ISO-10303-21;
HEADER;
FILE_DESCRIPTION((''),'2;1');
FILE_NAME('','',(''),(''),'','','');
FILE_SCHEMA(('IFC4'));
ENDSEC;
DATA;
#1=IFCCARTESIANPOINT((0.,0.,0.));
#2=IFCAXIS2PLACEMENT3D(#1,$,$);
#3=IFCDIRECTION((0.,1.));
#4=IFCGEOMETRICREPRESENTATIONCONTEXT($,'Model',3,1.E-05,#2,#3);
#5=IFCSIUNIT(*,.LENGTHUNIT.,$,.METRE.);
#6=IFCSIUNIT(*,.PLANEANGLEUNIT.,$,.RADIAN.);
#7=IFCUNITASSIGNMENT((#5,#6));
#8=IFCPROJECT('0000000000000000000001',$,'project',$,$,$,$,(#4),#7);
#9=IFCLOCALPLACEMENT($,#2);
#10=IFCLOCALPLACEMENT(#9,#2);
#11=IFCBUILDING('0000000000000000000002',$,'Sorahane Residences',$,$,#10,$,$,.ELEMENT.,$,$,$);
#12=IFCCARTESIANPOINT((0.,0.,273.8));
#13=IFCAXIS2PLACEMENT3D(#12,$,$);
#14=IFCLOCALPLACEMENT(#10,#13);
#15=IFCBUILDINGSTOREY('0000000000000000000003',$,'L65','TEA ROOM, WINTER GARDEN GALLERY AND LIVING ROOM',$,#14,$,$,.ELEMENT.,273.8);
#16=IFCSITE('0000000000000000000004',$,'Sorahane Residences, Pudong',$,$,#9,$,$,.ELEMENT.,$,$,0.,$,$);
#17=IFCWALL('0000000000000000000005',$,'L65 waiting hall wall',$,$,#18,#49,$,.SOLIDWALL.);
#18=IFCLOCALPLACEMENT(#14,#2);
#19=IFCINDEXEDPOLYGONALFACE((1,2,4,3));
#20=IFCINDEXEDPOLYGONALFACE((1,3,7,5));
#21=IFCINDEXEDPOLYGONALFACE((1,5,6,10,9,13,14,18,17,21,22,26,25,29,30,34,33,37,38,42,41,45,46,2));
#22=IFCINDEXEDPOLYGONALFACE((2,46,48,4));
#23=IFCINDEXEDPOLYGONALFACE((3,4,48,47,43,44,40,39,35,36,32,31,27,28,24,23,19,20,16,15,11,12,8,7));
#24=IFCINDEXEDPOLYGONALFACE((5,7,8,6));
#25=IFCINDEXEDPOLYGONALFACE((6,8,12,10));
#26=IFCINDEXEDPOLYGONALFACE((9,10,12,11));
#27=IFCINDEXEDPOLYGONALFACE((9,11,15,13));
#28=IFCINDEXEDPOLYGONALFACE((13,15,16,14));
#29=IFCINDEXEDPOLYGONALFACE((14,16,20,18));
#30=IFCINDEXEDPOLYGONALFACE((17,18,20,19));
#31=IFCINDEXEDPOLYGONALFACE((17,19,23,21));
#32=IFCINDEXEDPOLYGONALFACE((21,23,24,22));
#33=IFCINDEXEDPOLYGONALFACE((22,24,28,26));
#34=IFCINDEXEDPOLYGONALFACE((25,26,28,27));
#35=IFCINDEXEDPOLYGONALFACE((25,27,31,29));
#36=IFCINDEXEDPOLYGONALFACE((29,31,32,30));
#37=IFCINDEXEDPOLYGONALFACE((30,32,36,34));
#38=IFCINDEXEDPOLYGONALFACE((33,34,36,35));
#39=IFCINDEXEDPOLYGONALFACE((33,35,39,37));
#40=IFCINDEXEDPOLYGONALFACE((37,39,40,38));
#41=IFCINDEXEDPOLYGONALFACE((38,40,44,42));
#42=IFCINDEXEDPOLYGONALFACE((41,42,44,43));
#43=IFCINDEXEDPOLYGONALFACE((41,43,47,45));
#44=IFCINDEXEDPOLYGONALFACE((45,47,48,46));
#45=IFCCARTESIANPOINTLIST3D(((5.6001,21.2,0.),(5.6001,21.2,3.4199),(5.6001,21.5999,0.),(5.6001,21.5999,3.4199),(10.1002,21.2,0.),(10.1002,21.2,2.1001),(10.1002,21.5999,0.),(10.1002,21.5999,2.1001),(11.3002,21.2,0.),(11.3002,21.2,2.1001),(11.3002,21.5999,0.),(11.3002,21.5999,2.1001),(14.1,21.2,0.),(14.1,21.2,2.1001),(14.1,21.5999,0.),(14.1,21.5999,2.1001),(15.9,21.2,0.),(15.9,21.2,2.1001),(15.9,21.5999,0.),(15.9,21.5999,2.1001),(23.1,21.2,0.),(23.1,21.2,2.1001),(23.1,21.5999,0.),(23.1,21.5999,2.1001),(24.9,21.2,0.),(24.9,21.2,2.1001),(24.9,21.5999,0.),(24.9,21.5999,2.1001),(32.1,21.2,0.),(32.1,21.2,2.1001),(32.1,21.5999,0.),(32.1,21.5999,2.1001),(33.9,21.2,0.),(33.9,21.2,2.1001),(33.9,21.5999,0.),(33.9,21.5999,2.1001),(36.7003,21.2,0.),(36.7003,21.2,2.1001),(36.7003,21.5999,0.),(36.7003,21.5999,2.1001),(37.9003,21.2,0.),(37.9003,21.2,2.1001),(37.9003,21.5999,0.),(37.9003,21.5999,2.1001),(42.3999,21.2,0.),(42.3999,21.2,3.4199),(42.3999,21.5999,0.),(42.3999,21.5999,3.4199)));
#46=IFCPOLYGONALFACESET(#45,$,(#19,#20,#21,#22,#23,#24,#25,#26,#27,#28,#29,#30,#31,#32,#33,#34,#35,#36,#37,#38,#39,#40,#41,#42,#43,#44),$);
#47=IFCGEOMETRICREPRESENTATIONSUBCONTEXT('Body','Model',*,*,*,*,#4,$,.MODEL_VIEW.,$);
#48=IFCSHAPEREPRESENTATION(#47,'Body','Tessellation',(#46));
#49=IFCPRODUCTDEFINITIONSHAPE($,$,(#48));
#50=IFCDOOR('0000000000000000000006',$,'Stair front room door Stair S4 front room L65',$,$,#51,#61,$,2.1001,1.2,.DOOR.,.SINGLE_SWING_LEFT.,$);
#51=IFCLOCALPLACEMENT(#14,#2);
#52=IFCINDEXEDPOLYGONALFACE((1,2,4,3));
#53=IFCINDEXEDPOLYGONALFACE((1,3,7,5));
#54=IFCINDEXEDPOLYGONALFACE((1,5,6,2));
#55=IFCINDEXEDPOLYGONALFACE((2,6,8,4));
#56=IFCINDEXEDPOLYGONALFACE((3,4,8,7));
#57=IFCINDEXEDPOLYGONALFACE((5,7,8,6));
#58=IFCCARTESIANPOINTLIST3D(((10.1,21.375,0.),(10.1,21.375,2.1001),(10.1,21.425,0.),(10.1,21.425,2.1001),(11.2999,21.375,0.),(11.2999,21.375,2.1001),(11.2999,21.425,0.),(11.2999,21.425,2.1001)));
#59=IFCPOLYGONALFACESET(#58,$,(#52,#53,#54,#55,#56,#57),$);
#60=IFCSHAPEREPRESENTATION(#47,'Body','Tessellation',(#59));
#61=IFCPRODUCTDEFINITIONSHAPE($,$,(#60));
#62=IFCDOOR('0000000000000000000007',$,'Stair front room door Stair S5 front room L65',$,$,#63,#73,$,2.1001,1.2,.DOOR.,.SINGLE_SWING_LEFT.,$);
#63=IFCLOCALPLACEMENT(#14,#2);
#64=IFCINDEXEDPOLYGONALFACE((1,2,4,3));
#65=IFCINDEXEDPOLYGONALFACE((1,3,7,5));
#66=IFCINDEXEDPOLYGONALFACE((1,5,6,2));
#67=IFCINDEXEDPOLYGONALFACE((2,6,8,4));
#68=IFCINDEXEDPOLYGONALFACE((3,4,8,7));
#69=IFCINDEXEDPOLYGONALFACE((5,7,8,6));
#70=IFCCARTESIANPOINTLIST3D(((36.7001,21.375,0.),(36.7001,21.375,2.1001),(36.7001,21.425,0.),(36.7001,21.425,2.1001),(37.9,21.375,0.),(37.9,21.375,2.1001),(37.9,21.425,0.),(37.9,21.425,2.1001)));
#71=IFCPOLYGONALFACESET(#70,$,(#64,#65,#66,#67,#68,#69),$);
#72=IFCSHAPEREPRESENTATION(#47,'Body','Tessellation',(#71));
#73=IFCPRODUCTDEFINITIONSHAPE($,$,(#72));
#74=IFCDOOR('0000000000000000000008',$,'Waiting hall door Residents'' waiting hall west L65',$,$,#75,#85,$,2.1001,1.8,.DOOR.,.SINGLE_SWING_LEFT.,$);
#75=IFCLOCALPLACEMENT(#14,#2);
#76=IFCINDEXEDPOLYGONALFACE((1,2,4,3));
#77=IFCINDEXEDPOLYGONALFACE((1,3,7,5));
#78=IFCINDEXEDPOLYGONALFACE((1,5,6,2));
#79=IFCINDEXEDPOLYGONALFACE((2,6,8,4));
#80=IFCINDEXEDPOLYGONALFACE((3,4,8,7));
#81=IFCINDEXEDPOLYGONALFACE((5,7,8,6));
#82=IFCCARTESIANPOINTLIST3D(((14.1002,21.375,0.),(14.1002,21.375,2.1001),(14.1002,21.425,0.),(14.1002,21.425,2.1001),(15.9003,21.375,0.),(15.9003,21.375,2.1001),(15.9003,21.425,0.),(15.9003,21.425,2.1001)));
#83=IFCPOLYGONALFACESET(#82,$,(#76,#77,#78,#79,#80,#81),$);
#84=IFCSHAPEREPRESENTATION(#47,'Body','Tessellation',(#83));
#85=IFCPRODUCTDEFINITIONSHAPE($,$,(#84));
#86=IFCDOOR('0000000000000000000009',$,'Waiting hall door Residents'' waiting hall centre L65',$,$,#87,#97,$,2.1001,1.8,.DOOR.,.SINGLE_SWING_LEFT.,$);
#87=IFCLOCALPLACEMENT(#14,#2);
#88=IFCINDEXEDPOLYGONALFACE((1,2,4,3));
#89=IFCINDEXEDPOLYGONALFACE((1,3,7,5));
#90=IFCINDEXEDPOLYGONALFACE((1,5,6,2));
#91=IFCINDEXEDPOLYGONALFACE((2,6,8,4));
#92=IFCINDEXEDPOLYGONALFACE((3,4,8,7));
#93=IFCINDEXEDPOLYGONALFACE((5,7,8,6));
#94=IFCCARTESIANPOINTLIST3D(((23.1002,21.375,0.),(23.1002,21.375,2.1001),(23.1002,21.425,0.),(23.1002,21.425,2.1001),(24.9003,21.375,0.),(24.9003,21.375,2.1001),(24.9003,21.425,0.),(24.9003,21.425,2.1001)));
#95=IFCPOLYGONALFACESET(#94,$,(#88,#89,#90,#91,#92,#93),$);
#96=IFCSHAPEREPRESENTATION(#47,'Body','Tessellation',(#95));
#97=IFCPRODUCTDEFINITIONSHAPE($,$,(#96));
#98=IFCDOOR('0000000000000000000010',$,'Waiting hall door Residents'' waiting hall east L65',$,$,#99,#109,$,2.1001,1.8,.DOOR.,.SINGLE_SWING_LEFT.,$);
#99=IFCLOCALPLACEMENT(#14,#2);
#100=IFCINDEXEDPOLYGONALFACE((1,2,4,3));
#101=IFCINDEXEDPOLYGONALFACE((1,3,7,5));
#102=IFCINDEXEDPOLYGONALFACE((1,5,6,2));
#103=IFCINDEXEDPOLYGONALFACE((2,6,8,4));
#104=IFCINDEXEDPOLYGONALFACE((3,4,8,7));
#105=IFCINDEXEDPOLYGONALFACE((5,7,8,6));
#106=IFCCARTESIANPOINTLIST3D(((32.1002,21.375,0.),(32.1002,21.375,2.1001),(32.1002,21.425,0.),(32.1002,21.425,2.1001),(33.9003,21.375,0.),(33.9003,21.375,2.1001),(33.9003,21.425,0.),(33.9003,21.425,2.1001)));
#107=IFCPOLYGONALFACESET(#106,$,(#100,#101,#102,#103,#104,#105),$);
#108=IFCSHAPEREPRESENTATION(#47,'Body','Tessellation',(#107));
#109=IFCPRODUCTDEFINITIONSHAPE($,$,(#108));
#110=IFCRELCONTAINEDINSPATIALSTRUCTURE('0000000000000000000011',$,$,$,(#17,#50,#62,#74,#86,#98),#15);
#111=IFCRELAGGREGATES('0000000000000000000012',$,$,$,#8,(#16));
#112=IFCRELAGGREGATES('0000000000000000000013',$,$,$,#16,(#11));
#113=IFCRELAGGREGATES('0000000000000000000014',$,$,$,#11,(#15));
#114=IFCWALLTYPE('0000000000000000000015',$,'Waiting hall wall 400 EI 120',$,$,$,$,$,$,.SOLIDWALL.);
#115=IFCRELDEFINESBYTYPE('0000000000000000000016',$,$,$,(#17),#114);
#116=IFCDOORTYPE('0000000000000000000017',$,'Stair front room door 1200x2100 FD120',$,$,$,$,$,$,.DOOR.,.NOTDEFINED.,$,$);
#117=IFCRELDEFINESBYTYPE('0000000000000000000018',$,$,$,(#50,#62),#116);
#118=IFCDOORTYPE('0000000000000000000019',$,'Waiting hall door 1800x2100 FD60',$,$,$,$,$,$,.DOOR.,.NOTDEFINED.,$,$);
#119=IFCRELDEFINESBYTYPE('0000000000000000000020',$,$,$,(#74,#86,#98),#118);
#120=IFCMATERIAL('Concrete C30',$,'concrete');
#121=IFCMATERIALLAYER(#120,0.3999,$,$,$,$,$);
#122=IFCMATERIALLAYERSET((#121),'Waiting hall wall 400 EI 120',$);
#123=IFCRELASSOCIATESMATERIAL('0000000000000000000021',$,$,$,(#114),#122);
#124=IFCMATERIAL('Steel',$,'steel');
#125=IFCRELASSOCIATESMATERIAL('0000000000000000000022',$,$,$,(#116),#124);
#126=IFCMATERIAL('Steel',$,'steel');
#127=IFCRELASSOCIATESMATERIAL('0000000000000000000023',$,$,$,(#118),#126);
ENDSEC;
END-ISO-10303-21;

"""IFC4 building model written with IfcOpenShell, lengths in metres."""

from ifc_helpers import new_model, si_unit, direction, frame, frame_2d, origin, place, context, subcontext, project, spatial, rectangle, extrude, material, layer, layer_set, type_object, element, fill, save


model = new_model("IFC4")

# Units and contexts
model_context = context("Model", 3, precision=1e-05, world=origin(), true_north=direction((0.0, 1.0)))
body_context = subcontext(model_context, "Body", "Model", "MODEL_VIEW")
ifc_project = project(units=[si_unit("LENGTHUNIT", "METRE"), si_unit("PLANEANGLEUNIT", "RADIAN")], contexts=[model_context])

# Site, building, storey
site_placement = place(None, origin())
site = spatial("IfcSite", under=ifc_project, at=site_placement, Name="Sorahane Residences, Pudong", CompositionType="ELEMENT", RefElevation=0.0)
building_placement = place(site_placement, origin())
building = spatial("IfcBuilding", under=site, at=building_placement, Name="Sorahane Residences", CompositionType="ELEMENT")
storey_placement = place(building_placement, frame((0.0, 0.0, 273.8)))
storey = spatial("IfcBuildingStorey", under=building, at=storey_placement, Name="L65", Description="TEA ROOM, WINTER GARDEN GALLERY AND LIVING ROOM", CompositionType="ELEMENT", Elevation=273.8)

# Wall, openings, doors
ifc_material_1 = material(Name="Concrete C30", Category="concrete")
ifc_layer_1 = layer(ifc_material_1, 0.3999)
ifc_layer_set_1 = layer_set([ifc_layer_1], Name="Waiting hall wall 400 EI 120")
wall_type_1 = type_object("IfcWallType", Name="Waiting hall wall 400 EI 120", PredefinedType="SOLIDWALL", material=ifc_layer_set_1)
wall_1_placement = place(storey_placement, frame((5.6001, 21.3999, 0.0), z_axis=(0.0, 0.0, 1.0), x_axis=(1.0, 0.0, 0.0)))
wall_1 = element("IfcWall", 1, at=wall_1_placement, inside=storey, type_object=wall_type_1, Name="L65 waiting hall wall", PredefinedType="SOLIDWALL", context=body_context, shape_type="SweptSolid", body=[
    extrude(rectangle(XDim=36.7998, YDim=0.3999, at=frame_2d((18.3999, 0.0))), origin(), (0.0, 0.0, 1.0), 3.4199),
])
opening_1_placement = place(wall_1_placement, frame((8.5, 0.0, 0.0)))
opening_1 = element("IfcOpeningElement", 2, at=opening_1_placement, cuts=wall_1, PredefinedType="OPENING", context=body_context, shape_type="SweptSolid", body=[
    extrude(rectangle(XDim=1.8, YDim=2.1001, at=frame_2d((0.8999, 1.05))), frame((0.0, 0.21, 0.0), z_axis=(0.0, -1.0, 0.0), x_axis=(1.0, 0.0, 0.0)), (0.0, 0.0, 1.0), 0.4199),
])
opening_2_placement = place(wall_1_placement, frame((17.5, 0.0, 0.0)))
opening_2 = element("IfcOpeningElement", 3, at=opening_2_placement, cuts=wall_1, PredefinedType="OPENING", context=body_context, shape_type="SweptSolid", body=[
    extrude(rectangle(XDim=1.8, YDim=2.1001, at=frame_2d((0.8999, 1.05))), frame((0.0, 0.21, 0.0), z_axis=(0.0, -1.0, 0.0), x_axis=(1.0, 0.0, 0.0)), (0.0, 0.0, 1.0), 0.4199),
])
opening_3_placement = place(wall_1_placement, frame((26.5, 0.0, 0.0)))
opening_3 = element("IfcOpeningElement", 4, at=opening_3_placement, cuts=wall_1, PredefinedType="OPENING", context=body_context, shape_type="SweptSolid", body=[
    extrude(rectangle(XDim=1.8, YDim=2.1001, at=frame_2d((0.8999, 1.05))), frame((0.0, 0.21, 0.0), z_axis=(0.0, -1.0, 0.0), x_axis=(1.0, 0.0, 0.0)), (0.0, 0.0, 1.0), 0.4199),
])
opening_4_placement = place(wall_1_placement, frame((4.5, 0.0, 0.0)))
opening_4 = element("IfcOpeningElement", 5, at=opening_4_placement, cuts=wall_1, PredefinedType="OPENING", context=body_context, shape_type="SweptSolid", body=[
    extrude(rectangle(XDim=1.2, YDim=2.1001, at=frame_2d((0.6001, 1.05))), frame((0.0, 0.21, 0.0), z_axis=(0.0, -1.0, 0.0), x_axis=(1.0, 0.0, 0.0)), (0.0, 0.0, 1.0), 0.4199),
])
opening_5_placement = place(wall_1_placement, frame((31.1001, 0.0, 0.0)))
opening_5 = element("IfcOpeningElement", 6, at=opening_5_placement, cuts=wall_1, PredefinedType="OPENING", context=body_context, shape_type="SweptSolid", body=[
    extrude(rectangle(XDim=1.2, YDim=2.1001, at=frame_2d((0.6001, 1.05))), frame((0.0, 0.21, 0.0), z_axis=(0.0, -1.0, 0.0), x_axis=(1.0, 0.0, 0.0)), (0.0, 0.0, 1.0), 0.4199),
])
ifc_material_2 = material(Name="Steel", Category="steel")
door_type_1 = type_object("IfcDoorType", Name="Stair front room door 1200x2100 FD120", OperationType="NOTDEFINED", PredefinedType="DOOR", material=ifc_material_2)
door_1_placement = place(opening_4_placement, frame((1.2, 0.0, 0.0), z_axis=(0.0, 0.0, 1.0), x_axis=(-1.0, 0.0, 0.0)))
door_1 = element("IfcDoor", 7, at=door_1_placement, inside=storey, type_object=door_type_1, Name="Stair front room door Stair S4 front room L65", OperationType="SINGLE_SWING_LEFT", OverallHeight=2.1001, OverallWidth=1.2, PredefinedType="DOOR", context=body_context, shape_type="SweptSolid", body=[
    extrude(rectangle(XDim=1.2, YDim=2.1001, at=frame_2d((0.6001, 1.05))), frame((0.0, 0.0249, 0.0), z_axis=(0.0, -1.0, 0.0), x_axis=(1.0, 0.0, 0.0)), (0.0, 0.0, 1.0), 0.05),
])
fill(opening_4, door_1)
door_2_placement = place(opening_5_placement, frame((1.2, 0.0, 0.0), z_axis=(0.0, 0.0, 1.0), x_axis=(-1.0, 0.0, 0.0)))
door_2 = element("IfcDoor", 8, at=door_2_placement, inside=storey, type_object=door_type_1, Name="Stair front room door Stair S5 front room L65", OperationType="SINGLE_SWING_LEFT", OverallHeight=2.1001, OverallWidth=1.2, PredefinedType="DOOR", context=body_context, shape_type="SweptSolid", body=[
    extrude(rectangle(XDim=1.2, YDim=2.1001, at=frame_2d((0.6001, 1.05))), frame((0.0, 0.0249, 0.0), z_axis=(0.0, -1.0, 0.0), x_axis=(1.0, 0.0, 0.0)), (0.0, 0.0, 1.0), 0.05),
])
fill(opening_5, door_2)
ifc_material_3 = material(Name="Steel", Category="steel")
door_type_2 = type_object("IfcDoorType", Name="Waiting hall door 1800x2100 FD60", OperationType="NOTDEFINED", PredefinedType="DOOR", material=ifc_material_3)
door_3_placement = place(opening_1_placement, frame((1.8, 0.0, 0.0), z_axis=(0.0, 0.0, 1.0), x_axis=(-1.0, 0.0, 0.0)))
door_3 = element("IfcDoor", 9, at=door_3_placement, inside=storey, type_object=door_type_2, Name="Waiting hall door Residents' waiting hall west L65", OperationType="SINGLE_SWING_LEFT", OverallHeight=2.1001, OverallWidth=1.8, PredefinedType="DOOR", context=body_context, shape_type="SweptSolid", body=[
    extrude(rectangle(XDim=1.8, YDim=2.1001, at=frame_2d((0.8999, 1.05))), frame((0.0, 0.0249, 0.0), z_axis=(0.0, -1.0, 0.0), x_axis=(1.0, 0.0, 0.0)), (0.0, 0.0, 1.0), 0.05),
])
fill(opening_1, door_3)
door_4_placement = place(opening_2_placement, frame((1.8, 0.0, 0.0), z_axis=(0.0, 0.0, 1.0), x_axis=(-1.0, 0.0, 0.0)))
door_4 = element("IfcDoor", 10, at=door_4_placement, inside=storey, type_object=door_type_2, Name="Waiting hall door Residents' waiting hall centre L65", OperationType="SINGLE_SWING_LEFT", OverallHeight=2.1001, OverallWidth=1.8, PredefinedType="DOOR", context=body_context, shape_type="SweptSolid", body=[
    extrude(rectangle(XDim=1.8, YDim=2.1001, at=frame_2d((0.8999, 1.05))), frame((0.0, 0.0249, 0.0), z_axis=(0.0, -1.0, 0.0), x_axis=(1.0, 0.0, 0.0)), (0.0, 0.0, 1.0), 0.05),
])
fill(opening_2, door_4)
door_5_placement = place(opening_3_placement, frame((1.8, 0.0, 0.0), z_axis=(0.0, 0.0, 1.0), x_axis=(-1.0, 0.0, 0.0)))
door_5 = element("IfcDoor", 11, at=door_5_placement, inside=storey, type_object=door_type_2, Name="Waiting hall door Residents' waiting hall east L65", OperationType="SINGLE_SWING_LEFT", OverallHeight=2.1001, OverallWidth=1.8, PredefinedType="DOOR", context=body_context, shape_type="SweptSolid", body=[
    extrude(rectangle(XDim=1.8, YDim=2.1001, at=frame_2d((0.8999, 1.05))), frame((0.0, 0.0249, 0.0), z_axis=(0.0, -1.0, 0.0), x_axis=(1.0, 0.0, 0.0)), (0.0, 0.0, 1.0), 0.05),
])
fill(opening_3, door_5)

save(model, "model.ifc")
